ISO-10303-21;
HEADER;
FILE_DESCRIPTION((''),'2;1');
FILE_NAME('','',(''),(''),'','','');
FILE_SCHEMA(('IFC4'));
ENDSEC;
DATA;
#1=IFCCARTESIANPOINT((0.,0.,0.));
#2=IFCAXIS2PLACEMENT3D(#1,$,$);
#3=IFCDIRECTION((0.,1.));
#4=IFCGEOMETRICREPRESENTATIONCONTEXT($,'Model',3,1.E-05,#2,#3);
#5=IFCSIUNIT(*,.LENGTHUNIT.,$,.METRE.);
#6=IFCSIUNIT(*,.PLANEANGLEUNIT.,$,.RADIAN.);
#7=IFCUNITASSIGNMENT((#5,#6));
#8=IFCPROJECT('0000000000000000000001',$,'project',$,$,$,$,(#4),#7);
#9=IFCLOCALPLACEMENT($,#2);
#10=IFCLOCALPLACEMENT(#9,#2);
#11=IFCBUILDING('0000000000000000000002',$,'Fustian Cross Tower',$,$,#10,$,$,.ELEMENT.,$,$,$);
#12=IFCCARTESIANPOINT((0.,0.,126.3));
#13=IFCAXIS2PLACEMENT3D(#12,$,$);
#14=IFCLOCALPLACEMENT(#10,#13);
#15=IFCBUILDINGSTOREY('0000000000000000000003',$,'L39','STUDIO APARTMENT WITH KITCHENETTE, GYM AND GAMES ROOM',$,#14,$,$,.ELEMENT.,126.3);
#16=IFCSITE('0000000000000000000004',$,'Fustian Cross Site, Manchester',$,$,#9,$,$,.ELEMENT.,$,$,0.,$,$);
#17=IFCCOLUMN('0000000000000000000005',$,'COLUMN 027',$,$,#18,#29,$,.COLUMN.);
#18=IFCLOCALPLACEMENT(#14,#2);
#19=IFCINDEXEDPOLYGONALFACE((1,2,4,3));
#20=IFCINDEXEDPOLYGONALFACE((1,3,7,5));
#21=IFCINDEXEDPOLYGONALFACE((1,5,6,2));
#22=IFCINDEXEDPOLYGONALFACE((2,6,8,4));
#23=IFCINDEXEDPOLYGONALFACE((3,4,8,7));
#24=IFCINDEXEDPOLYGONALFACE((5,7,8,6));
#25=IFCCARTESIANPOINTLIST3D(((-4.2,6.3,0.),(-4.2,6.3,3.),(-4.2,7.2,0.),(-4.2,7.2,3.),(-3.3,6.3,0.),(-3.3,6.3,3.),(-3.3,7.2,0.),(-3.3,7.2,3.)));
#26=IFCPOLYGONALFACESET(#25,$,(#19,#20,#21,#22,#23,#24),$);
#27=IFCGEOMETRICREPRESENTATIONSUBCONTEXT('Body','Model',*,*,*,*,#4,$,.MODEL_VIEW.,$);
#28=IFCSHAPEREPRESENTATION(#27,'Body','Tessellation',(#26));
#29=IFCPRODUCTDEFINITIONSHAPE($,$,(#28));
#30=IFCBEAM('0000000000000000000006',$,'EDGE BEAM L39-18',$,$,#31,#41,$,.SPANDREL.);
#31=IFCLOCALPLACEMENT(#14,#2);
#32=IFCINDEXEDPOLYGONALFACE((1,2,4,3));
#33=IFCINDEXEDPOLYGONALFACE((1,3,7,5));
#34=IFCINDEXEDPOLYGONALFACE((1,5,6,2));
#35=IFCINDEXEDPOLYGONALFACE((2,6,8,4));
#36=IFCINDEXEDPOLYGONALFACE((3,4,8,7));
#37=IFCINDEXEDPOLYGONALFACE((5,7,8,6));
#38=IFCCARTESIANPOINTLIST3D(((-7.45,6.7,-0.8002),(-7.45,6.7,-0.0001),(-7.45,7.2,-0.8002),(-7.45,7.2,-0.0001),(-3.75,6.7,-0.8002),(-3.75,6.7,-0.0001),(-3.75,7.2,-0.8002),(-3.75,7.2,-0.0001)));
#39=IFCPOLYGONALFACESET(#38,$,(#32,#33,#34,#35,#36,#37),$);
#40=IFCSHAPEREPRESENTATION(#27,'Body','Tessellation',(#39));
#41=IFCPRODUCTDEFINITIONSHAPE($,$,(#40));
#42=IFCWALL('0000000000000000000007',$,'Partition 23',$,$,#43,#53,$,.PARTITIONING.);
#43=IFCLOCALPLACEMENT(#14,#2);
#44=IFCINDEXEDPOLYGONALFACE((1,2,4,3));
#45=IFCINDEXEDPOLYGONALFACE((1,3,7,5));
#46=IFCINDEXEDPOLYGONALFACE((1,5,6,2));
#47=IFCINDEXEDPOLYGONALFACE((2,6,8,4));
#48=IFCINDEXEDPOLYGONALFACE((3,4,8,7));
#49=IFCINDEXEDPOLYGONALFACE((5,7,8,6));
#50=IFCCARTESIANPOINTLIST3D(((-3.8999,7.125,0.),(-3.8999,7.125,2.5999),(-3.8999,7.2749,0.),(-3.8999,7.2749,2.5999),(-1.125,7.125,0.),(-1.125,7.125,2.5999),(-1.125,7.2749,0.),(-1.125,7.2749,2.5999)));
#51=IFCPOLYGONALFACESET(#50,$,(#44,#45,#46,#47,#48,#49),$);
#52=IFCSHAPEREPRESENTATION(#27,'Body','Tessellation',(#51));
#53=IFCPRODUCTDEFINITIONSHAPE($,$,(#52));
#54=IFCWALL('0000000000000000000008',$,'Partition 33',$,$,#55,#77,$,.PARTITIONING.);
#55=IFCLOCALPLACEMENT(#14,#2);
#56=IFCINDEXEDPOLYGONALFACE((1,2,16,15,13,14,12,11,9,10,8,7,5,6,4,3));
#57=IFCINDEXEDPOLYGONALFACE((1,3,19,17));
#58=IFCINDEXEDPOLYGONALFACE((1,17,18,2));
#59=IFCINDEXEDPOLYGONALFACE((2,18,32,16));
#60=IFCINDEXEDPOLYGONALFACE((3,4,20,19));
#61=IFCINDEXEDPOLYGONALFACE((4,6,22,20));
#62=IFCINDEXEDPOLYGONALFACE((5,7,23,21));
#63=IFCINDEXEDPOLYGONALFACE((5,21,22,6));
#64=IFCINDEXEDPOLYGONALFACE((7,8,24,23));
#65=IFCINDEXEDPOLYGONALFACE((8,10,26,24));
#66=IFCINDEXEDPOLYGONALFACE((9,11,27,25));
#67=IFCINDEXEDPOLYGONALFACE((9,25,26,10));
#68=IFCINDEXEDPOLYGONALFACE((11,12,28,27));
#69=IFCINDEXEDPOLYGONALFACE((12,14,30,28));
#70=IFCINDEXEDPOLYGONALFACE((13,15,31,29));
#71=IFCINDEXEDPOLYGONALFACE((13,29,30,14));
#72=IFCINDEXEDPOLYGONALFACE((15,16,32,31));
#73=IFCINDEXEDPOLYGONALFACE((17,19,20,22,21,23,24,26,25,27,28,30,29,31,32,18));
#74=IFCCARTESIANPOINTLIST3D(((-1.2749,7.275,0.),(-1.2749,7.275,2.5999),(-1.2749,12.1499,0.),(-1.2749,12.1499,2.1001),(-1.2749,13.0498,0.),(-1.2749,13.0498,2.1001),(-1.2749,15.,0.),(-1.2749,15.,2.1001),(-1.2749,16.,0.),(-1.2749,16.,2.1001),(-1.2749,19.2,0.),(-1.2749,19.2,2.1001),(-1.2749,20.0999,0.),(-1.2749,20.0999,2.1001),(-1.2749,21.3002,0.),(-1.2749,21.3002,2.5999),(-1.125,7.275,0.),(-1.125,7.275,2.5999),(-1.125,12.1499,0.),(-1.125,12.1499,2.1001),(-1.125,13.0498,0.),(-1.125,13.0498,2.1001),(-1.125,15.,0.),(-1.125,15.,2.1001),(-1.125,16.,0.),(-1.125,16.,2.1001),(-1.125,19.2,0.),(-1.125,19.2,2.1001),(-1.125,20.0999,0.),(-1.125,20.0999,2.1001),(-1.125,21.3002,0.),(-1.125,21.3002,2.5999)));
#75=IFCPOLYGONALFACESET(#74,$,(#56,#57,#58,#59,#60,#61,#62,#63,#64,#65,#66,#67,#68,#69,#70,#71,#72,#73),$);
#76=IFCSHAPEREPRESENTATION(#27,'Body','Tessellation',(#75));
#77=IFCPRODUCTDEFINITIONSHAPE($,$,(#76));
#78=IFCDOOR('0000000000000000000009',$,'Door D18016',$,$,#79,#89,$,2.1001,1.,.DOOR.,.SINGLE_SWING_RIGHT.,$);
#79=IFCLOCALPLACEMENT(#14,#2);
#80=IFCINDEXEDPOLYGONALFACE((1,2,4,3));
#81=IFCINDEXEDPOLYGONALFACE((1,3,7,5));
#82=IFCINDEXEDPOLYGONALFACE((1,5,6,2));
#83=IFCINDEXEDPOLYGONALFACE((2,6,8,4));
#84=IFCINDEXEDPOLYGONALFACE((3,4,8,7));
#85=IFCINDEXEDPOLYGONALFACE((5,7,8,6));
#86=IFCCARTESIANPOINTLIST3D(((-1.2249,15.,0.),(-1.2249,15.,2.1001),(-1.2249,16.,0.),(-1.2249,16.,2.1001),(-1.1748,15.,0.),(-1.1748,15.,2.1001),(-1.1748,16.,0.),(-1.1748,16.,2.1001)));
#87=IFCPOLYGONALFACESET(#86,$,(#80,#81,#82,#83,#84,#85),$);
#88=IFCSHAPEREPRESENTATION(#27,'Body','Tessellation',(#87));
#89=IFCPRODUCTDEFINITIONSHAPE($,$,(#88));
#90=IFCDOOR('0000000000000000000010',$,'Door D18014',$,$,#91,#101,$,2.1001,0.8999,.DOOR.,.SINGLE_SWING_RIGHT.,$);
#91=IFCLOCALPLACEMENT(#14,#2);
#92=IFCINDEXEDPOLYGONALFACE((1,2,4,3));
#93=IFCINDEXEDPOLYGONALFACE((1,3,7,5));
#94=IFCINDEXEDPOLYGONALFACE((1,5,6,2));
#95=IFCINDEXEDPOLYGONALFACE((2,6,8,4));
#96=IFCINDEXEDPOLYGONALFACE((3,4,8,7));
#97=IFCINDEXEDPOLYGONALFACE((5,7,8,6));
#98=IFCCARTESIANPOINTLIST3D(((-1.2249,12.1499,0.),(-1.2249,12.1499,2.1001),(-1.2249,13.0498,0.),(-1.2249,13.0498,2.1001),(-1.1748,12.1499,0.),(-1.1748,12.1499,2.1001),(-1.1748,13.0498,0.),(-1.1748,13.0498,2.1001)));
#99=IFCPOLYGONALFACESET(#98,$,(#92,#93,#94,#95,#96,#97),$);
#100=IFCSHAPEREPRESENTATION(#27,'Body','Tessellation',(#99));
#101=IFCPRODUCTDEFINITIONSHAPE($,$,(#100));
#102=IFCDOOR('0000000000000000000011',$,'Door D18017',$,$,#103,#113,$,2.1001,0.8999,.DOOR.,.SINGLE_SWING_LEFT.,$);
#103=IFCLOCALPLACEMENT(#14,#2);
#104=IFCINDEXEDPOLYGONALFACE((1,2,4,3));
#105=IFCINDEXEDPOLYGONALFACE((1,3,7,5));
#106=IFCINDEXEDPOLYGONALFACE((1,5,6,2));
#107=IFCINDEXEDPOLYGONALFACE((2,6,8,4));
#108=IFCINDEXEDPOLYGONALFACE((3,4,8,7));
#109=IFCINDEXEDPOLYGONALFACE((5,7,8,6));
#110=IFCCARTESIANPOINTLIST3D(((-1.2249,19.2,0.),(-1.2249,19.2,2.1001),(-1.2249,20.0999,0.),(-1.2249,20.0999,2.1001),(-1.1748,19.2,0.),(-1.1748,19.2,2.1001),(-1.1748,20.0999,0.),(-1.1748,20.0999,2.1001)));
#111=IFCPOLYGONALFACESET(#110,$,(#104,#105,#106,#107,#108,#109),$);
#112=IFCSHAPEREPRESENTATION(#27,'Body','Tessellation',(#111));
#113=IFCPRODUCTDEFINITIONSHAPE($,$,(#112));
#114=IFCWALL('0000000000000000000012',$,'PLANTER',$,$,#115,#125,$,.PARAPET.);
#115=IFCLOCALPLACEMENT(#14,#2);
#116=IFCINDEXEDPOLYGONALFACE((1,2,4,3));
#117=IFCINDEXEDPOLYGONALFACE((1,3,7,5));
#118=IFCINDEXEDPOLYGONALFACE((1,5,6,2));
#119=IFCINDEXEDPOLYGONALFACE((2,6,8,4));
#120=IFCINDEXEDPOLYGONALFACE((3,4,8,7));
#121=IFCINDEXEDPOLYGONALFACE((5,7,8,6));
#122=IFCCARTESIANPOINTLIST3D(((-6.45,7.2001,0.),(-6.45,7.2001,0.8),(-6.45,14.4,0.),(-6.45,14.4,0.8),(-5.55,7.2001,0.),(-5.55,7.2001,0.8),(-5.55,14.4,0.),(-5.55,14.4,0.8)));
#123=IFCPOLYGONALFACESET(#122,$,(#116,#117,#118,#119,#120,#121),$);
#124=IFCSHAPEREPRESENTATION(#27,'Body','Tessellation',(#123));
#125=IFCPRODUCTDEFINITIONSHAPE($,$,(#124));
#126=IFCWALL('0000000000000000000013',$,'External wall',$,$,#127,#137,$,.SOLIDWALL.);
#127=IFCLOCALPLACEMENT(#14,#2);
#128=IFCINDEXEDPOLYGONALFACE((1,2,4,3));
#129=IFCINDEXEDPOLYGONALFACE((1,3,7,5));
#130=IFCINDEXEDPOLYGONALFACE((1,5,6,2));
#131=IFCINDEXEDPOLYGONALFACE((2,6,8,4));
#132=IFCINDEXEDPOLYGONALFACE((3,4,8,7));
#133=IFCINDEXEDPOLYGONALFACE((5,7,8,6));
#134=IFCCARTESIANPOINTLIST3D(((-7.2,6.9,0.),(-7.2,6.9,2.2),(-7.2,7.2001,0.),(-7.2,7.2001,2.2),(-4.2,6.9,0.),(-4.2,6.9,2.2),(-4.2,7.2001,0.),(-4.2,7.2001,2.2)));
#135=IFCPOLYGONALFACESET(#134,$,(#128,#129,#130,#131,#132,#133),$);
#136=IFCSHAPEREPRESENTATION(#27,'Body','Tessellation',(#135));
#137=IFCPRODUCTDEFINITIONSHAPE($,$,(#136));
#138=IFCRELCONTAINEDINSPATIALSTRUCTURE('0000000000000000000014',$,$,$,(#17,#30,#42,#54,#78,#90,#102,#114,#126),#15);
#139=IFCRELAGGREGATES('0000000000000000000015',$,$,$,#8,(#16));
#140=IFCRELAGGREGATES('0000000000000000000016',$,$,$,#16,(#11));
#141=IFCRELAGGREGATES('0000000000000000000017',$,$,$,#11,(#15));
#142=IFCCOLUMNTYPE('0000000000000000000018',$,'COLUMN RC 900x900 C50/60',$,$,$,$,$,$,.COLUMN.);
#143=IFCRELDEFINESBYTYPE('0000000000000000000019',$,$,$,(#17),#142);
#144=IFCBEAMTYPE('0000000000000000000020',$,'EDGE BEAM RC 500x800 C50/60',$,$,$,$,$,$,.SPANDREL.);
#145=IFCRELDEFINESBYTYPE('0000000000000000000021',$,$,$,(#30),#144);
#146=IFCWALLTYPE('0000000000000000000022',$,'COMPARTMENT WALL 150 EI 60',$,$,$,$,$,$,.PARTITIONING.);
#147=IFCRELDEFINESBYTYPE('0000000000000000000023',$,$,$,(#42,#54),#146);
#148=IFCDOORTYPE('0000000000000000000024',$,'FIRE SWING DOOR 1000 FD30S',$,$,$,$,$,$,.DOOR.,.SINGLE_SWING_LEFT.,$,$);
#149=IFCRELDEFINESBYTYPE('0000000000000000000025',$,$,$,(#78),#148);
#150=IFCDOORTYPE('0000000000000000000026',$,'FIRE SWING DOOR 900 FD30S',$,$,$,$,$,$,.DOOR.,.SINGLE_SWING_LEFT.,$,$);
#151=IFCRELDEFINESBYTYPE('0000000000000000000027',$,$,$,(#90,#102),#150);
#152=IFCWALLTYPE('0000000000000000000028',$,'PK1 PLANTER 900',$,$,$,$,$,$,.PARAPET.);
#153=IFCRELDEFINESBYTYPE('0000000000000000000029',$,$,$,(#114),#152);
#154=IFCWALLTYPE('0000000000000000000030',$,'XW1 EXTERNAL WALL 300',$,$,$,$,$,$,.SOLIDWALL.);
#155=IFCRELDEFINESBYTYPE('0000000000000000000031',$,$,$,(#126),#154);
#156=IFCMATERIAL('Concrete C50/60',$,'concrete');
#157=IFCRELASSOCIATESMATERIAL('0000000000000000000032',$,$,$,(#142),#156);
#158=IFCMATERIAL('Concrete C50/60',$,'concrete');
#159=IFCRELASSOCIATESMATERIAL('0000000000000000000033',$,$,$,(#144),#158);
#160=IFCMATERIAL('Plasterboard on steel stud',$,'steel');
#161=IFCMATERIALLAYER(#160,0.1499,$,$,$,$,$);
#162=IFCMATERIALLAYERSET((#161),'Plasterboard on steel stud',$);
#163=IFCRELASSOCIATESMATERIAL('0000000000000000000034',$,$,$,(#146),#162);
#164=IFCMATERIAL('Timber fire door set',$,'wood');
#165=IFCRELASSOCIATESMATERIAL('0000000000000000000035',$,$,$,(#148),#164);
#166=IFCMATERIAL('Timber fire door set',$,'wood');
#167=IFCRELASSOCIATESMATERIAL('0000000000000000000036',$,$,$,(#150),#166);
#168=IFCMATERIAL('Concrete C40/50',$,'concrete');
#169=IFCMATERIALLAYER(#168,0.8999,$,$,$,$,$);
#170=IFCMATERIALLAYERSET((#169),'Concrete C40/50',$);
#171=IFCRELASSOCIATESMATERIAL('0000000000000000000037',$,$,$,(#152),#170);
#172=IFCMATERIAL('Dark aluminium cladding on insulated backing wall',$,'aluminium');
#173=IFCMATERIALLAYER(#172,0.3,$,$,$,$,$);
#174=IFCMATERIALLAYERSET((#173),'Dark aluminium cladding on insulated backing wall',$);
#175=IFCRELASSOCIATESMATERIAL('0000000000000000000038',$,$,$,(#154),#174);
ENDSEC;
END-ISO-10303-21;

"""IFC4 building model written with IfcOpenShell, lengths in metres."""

from ifc_helpers import new_model, si_unit, direction, frame, frame_2d, origin, origin_2d, place, context, subcontext, project, spatial, rectangle, extrude, material, layer, layer_set, material_profile, profile_set, type_object, element, fill, save


model = new_model("IFC4")

# Units and contexts
model_context = context("Model", 3, precision=1e-05, world=origin(), true_north=direction((0.0, 1.0)))
body_context = subcontext(model_context, "Body", "Model", "MODEL_VIEW")
ifc_project = project(units=[si_unit("LENGTHUNIT", "METRE"), si_unit("PLANEANGLEUNIT", "RADIAN")], contexts=[model_context])

# Site, building, storey
site_placement = place(None, origin())
site = spatial("IfcSite", under=ifc_project, at=site_placement, Name="Fustian Cross Site, Manchester", CompositionType="ELEMENT", RefElevation=0.0)
building_placement = place(site_placement, origin())
building = spatial("IfcBuilding", under=site, at=building_placement, Name="Fustian Cross Tower", CompositionType="ELEMENT")
storey_placement = place(building_placement, frame((0.0, 0.0, 126.3)))
storey = spatial("IfcBuildingStorey", under=building, at=storey_placement, Name="L39", Description="STUDIO APARTMENT WITH KITCHENETTE, GYM AND GAMES ROOM", CompositionType="ELEMENT", Elevation=126.3)

# Column
ifc_material_1 = material(Name="Concrete C50/60", Category="concrete")
ifc_material_profile_1 = material_profile(ifc_material_1, rectangle(XDim=0.8999, YDim=0.8999, at=origin_2d()), Name="RC 900x900")
ifc_profile_set_1 = profile_set([ifc_material_profile_1], Name="Concrete C50/60")
column_type = type_object("IfcColumnType", Name="COLUMN RC 900x900 C50/60", PredefinedType="COLUMN", material=ifc_profile_set_1)
column_placement = place(storey_placement, frame((-3.75, 6.75, 0.0), z_axis=(0.0, 0.0, 1.0), x_axis=(1.0, 0.0, 0.0)))
element("IfcColumn", 1, at=column_placement, inside=storey, type_object=column_type, Name="COLUMN 027", PredefinedType="COLUMN", context=body_context, shape_type="SweptSolid", body=[
    extrude(rectangle(XDim=0.8999, YDim=0.8999, at=origin_2d()), origin(), (0.0, 0.0, 1.0), 3.0),
])

# Beam
ifc_material_2 = material(Name="Concrete C50/60", Category="concrete")
ifc_material_profile_2 = material_profile(ifc_material_2, rectangle(XDim=0.5, YDim=0.8, at=origin_2d()), Name="RC 500x800")
ifc_profile_set_2 = profile_set([ifc_material_profile_2], Name="Concrete C50/60")
beam_type = type_object("IfcBeamType", Name="EDGE BEAM RC 500x800 C50/60", PredefinedType="SPANDREL", material=ifc_profile_set_2)
beam_placement = place(storey_placement, frame((-3.75, 6.95, -0.4001), z_axis=(-1.0, 0.0, 0.0), x_axis=(0.0, -1.0, 0.0)))
element("IfcBeam", 2, at=beam_placement, inside=storey, type_object=beam_type, Name="EDGE BEAM L39-18", PredefinedType="SPANDREL", context=body_context, shape_type="SweptSolid", body=[
    extrude(rectangle(XDim=0.5, YDim=0.8, at=origin_2d()), origin(), (0.0, 0.0, 1.0), 3.7),
])

# Wall
ifc_material_3 = material(Name="Plasterboard on steel stud", Category="steel")
ifc_layer_1 = layer(ifc_material_3, 0.1499)
ifc_layer_set_1 = layer_set([ifc_layer_1], Name="Plasterboard on steel stud")
wall_type_1 = type_object("IfcWallType", Name="COMPARTMENT WALL 150 EI 60", PredefinedType="PARTITIONING", material=ifc_layer_set_1)
wall_1_placement = place(storey_placement, frame((-3.8999, 7.2, 0.0), z_axis=(0.0, 0.0, 1.0), x_axis=(1.0, 0.0, 0.0)))
element("IfcWall", 3, at=wall_1_placement, inside=storey, type_object=wall_type_1, Name="Partition 23", PredefinedType="PARTITIONING", context=body_context, shape_type="SweptSolid", body=[
    extrude(rectangle(XDim=2.7749, YDim=0.1499, at=frame_2d((1.3875, 0.0))), origin(), (0.0, 0.0, 1.0), 2.5999),
])

# Wall, openings, doors
wall_2_placement = place(storey_placement, frame((-1.2, 7.2749, 0.0), z_axis=(0.0, 0.0, 1.0), x_axis=(0.0, 1.0, 0.0)))
wall_2 = element("IfcWall", 4, at=wall_2_placement, inside=storey, type_object=wall_type_1, Name="Partition 33", PredefinedType="PARTITIONING", context=body_context, shape_type="SweptSolid", body=[
    extrude(rectangle(XDim=14.0251, YDim=0.1499, at=frame_2d((7.0127, 0.0))), origin(), (0.0, 0.0, 1.0), 2.5999),
])
opening_1_placement = place(wall_2_placement, frame((4.875, 0.0, 0.0)))
opening_1 = element("IfcOpeningElement", 5, at=opening_1_placement, cuts=wall_2, PredefinedType="OPENING", context=body_context, shape_type="SweptSolid", body=[
    extrude(rectangle(XDim=0.8999, YDim=2.1001, at=frame_2d((0.45, 1.05))), frame((0.0, 0.085, 0.0), z_axis=(0.0, -1.0, 0.0), x_axis=(1.0, 0.0, 0.0)), (0.0, 0.0, 1.0), 0.1699),
])
opening_2_placement = place(wall_2_placement, frame((7.7251, 0.0, 0.0)))
opening_2 = element("IfcOpeningElement", 6, at=opening_2_placement, cuts=wall_2, PredefinedType="OPENING", context=body_context, shape_type="SweptSolid", body=[
    extrude(rectangle(XDim=1.0, YDim=2.1001, at=frame_2d((0.5, 1.05))), frame((0.0, 0.085, 0.0), z_axis=(0.0, -1.0, 0.0), x_axis=(1.0, 0.0, 0.0)), (0.0, 0.0, 1.0), 0.1699),
])
opening_3_placement = place(wall_2_placement, frame((11.925, 0.0, 0.0)))
opening_3 = element("IfcOpeningElement", 7, at=opening_3_placement, cuts=wall_2, PredefinedType="OPENING", context=body_context, shape_type="SweptSolid", body=[
    extrude(rectangle(XDim=0.8999, YDim=2.1001, at=frame_2d((0.45, 1.05))), frame((0.0, 0.085, 0.0), z_axis=(0.0, -1.0, 0.0), x_axis=(1.0, 0.0, 0.0)), (0.0, 0.0, 1.0), 0.1699),
])
ifc_material_4 = material(Name="Timber fire door set", Category="wood")
door_type_1 = type_object("IfcDoorType", Name="FIRE SWING DOOR 1000 FD30S", OperationType="SINGLE_SWING_LEFT", PredefinedType="DOOR", material=ifc_material_4)
door_1_placement = place(opening_2_placement, origin())
door_1 = element("IfcDoor", 8, at=door_1_placement, inside=storey, type_object=door_type_1, Name="Door D18016", OperationType="SINGLE_SWING_RIGHT", OverallHeight=2.1001, OverallWidth=1.0, PredefinedType="DOOR", context=body_context, shape_type="SweptSolid", body=[
    extrude(rectangle(XDim=1.0, YDim=2.1001, at=frame_2d((0.5, 1.05))), frame((0.0, 0.0249, 0.0), z_axis=(0.0, -1.0, 0.0), x_axis=(1.0, 0.0, 0.0)), (0.0, 0.0, 1.0), 0.05),
])
fill(opening_2, door_1)
ifc_material_5 = material(Name="Timber fire door set", Category="wood")
door_type_2 = type_object("IfcDoorType", Name="FIRE SWING DOOR 900 FD30S", OperationType="SINGLE_SWING_LEFT", PredefinedType="DOOR", material=ifc_material_5)
door_2_placement = place(opening_1_placement, origin())
door_2 = element("IfcDoor", 9, at=door_2_placement, inside=storey, type_object=door_type_2, Name="Door D18014", OperationType="SINGLE_SWING_RIGHT", OverallHeight=2.1001, OverallWidth=0.8999, PredefinedType="DOOR", context=body_context, shape_type="SweptSolid", body=[
    extrude(rectangle(XDim=0.8999, YDim=2.1001, at=frame_2d((0.45, 1.05))), frame((0.0, 0.0249, 0.0), z_axis=(0.0, -1.0, 0.0), x_axis=(1.0, 0.0, 0.0)), (0.0, 0.0, 1.0), 0.05),
])
fill(opening_1, door_2)
door_3_placement = place(opening_3_placement, origin())
door_3 = element("IfcDoor", 10, at=door_3_placement, inside=storey, type_object=door_type_2, Name="Door D18017", OperationType="SINGLE_SWING_LEFT", OverallHeight=2.1001, OverallWidth=0.8999, PredefinedType="DOOR", context=body_context, shape_type="SweptSolid", body=[
    extrude(rectangle(XDim=0.8999, YDim=2.1001, at=frame_2d((0.45, 1.05))), frame((0.0, 0.0249, 0.0), z_axis=(0.0, -1.0, 0.0), x_axis=(1.0, 0.0, 0.0)), (0.0, 0.0, 1.0), 0.05),
])
fill(opening_3, door_3)

# Walls
ifc_material_6 = material(Name="Concrete C40/50", Category="concrete")
ifc_layer_2 = layer(ifc_material_6, 0.8999)
ifc_layer_set_2 = layer_set([ifc_layer_2], Name="Concrete C40/50")
wall_type_2 = type_object("IfcWallType", Name="PK1 PLANTER 900", PredefinedType="PARAPET", material=ifc_layer_set_2)
wall_3_placement = place(storey_placement, frame((-6.0, 7.2, 0.0), z_axis=(0.0, 0.0, 1.0), x_axis=(0.0, 1.0, 0.0)))
element("IfcWall", 11, at=wall_3_placement, inside=storey, type_object=wall_type_2, Name="PLANTER", PredefinedType="PARAPET", context=body_context, shape_type="SweptSolid", body=[
    extrude(rectangle(XDim=7.2, YDim=0.8999, at=frame_2d((3.6001, 0.0))), origin(), (0.0, 0.0, 1.0), 0.8),
])
ifc_material_7 = material(Name="Dark aluminium cladding on insulated backing wall", Category="aluminium")
ifc_layer_3 = layer(ifc_material_7, 0.3)
ifc_layer_set_3 = layer_set([ifc_layer_3], Name="Dark aluminium cladding on insulated backing wall")
wall_type_3 = type_object("IfcWallType", Name="XW1 EXTERNAL WALL 300", PredefinedType="SOLIDWALL", material=ifc_layer_set_3)
wall_4_placement = place(storey_placement, frame((-4.2, 7.05, 0.0), z_axis=(0.0, 0.0, 1.0), x_axis=(-1.0, 0.0, 0.0)))
element("IfcWall", 12, at=wall_4_placement, inside=storey, type_object=wall_type_3, Name="External wall", PredefinedType="SOLIDWALL", context=body_context, shape_type="SweptSolid", body=[
    extrude(rectangle(XDim=3.0, YDim=0.3, at=frame_2d((1.5, 0.0))), origin(), (0.0, 0.0, 1.0), 2.2),
])

save(model, "model.ifc")
